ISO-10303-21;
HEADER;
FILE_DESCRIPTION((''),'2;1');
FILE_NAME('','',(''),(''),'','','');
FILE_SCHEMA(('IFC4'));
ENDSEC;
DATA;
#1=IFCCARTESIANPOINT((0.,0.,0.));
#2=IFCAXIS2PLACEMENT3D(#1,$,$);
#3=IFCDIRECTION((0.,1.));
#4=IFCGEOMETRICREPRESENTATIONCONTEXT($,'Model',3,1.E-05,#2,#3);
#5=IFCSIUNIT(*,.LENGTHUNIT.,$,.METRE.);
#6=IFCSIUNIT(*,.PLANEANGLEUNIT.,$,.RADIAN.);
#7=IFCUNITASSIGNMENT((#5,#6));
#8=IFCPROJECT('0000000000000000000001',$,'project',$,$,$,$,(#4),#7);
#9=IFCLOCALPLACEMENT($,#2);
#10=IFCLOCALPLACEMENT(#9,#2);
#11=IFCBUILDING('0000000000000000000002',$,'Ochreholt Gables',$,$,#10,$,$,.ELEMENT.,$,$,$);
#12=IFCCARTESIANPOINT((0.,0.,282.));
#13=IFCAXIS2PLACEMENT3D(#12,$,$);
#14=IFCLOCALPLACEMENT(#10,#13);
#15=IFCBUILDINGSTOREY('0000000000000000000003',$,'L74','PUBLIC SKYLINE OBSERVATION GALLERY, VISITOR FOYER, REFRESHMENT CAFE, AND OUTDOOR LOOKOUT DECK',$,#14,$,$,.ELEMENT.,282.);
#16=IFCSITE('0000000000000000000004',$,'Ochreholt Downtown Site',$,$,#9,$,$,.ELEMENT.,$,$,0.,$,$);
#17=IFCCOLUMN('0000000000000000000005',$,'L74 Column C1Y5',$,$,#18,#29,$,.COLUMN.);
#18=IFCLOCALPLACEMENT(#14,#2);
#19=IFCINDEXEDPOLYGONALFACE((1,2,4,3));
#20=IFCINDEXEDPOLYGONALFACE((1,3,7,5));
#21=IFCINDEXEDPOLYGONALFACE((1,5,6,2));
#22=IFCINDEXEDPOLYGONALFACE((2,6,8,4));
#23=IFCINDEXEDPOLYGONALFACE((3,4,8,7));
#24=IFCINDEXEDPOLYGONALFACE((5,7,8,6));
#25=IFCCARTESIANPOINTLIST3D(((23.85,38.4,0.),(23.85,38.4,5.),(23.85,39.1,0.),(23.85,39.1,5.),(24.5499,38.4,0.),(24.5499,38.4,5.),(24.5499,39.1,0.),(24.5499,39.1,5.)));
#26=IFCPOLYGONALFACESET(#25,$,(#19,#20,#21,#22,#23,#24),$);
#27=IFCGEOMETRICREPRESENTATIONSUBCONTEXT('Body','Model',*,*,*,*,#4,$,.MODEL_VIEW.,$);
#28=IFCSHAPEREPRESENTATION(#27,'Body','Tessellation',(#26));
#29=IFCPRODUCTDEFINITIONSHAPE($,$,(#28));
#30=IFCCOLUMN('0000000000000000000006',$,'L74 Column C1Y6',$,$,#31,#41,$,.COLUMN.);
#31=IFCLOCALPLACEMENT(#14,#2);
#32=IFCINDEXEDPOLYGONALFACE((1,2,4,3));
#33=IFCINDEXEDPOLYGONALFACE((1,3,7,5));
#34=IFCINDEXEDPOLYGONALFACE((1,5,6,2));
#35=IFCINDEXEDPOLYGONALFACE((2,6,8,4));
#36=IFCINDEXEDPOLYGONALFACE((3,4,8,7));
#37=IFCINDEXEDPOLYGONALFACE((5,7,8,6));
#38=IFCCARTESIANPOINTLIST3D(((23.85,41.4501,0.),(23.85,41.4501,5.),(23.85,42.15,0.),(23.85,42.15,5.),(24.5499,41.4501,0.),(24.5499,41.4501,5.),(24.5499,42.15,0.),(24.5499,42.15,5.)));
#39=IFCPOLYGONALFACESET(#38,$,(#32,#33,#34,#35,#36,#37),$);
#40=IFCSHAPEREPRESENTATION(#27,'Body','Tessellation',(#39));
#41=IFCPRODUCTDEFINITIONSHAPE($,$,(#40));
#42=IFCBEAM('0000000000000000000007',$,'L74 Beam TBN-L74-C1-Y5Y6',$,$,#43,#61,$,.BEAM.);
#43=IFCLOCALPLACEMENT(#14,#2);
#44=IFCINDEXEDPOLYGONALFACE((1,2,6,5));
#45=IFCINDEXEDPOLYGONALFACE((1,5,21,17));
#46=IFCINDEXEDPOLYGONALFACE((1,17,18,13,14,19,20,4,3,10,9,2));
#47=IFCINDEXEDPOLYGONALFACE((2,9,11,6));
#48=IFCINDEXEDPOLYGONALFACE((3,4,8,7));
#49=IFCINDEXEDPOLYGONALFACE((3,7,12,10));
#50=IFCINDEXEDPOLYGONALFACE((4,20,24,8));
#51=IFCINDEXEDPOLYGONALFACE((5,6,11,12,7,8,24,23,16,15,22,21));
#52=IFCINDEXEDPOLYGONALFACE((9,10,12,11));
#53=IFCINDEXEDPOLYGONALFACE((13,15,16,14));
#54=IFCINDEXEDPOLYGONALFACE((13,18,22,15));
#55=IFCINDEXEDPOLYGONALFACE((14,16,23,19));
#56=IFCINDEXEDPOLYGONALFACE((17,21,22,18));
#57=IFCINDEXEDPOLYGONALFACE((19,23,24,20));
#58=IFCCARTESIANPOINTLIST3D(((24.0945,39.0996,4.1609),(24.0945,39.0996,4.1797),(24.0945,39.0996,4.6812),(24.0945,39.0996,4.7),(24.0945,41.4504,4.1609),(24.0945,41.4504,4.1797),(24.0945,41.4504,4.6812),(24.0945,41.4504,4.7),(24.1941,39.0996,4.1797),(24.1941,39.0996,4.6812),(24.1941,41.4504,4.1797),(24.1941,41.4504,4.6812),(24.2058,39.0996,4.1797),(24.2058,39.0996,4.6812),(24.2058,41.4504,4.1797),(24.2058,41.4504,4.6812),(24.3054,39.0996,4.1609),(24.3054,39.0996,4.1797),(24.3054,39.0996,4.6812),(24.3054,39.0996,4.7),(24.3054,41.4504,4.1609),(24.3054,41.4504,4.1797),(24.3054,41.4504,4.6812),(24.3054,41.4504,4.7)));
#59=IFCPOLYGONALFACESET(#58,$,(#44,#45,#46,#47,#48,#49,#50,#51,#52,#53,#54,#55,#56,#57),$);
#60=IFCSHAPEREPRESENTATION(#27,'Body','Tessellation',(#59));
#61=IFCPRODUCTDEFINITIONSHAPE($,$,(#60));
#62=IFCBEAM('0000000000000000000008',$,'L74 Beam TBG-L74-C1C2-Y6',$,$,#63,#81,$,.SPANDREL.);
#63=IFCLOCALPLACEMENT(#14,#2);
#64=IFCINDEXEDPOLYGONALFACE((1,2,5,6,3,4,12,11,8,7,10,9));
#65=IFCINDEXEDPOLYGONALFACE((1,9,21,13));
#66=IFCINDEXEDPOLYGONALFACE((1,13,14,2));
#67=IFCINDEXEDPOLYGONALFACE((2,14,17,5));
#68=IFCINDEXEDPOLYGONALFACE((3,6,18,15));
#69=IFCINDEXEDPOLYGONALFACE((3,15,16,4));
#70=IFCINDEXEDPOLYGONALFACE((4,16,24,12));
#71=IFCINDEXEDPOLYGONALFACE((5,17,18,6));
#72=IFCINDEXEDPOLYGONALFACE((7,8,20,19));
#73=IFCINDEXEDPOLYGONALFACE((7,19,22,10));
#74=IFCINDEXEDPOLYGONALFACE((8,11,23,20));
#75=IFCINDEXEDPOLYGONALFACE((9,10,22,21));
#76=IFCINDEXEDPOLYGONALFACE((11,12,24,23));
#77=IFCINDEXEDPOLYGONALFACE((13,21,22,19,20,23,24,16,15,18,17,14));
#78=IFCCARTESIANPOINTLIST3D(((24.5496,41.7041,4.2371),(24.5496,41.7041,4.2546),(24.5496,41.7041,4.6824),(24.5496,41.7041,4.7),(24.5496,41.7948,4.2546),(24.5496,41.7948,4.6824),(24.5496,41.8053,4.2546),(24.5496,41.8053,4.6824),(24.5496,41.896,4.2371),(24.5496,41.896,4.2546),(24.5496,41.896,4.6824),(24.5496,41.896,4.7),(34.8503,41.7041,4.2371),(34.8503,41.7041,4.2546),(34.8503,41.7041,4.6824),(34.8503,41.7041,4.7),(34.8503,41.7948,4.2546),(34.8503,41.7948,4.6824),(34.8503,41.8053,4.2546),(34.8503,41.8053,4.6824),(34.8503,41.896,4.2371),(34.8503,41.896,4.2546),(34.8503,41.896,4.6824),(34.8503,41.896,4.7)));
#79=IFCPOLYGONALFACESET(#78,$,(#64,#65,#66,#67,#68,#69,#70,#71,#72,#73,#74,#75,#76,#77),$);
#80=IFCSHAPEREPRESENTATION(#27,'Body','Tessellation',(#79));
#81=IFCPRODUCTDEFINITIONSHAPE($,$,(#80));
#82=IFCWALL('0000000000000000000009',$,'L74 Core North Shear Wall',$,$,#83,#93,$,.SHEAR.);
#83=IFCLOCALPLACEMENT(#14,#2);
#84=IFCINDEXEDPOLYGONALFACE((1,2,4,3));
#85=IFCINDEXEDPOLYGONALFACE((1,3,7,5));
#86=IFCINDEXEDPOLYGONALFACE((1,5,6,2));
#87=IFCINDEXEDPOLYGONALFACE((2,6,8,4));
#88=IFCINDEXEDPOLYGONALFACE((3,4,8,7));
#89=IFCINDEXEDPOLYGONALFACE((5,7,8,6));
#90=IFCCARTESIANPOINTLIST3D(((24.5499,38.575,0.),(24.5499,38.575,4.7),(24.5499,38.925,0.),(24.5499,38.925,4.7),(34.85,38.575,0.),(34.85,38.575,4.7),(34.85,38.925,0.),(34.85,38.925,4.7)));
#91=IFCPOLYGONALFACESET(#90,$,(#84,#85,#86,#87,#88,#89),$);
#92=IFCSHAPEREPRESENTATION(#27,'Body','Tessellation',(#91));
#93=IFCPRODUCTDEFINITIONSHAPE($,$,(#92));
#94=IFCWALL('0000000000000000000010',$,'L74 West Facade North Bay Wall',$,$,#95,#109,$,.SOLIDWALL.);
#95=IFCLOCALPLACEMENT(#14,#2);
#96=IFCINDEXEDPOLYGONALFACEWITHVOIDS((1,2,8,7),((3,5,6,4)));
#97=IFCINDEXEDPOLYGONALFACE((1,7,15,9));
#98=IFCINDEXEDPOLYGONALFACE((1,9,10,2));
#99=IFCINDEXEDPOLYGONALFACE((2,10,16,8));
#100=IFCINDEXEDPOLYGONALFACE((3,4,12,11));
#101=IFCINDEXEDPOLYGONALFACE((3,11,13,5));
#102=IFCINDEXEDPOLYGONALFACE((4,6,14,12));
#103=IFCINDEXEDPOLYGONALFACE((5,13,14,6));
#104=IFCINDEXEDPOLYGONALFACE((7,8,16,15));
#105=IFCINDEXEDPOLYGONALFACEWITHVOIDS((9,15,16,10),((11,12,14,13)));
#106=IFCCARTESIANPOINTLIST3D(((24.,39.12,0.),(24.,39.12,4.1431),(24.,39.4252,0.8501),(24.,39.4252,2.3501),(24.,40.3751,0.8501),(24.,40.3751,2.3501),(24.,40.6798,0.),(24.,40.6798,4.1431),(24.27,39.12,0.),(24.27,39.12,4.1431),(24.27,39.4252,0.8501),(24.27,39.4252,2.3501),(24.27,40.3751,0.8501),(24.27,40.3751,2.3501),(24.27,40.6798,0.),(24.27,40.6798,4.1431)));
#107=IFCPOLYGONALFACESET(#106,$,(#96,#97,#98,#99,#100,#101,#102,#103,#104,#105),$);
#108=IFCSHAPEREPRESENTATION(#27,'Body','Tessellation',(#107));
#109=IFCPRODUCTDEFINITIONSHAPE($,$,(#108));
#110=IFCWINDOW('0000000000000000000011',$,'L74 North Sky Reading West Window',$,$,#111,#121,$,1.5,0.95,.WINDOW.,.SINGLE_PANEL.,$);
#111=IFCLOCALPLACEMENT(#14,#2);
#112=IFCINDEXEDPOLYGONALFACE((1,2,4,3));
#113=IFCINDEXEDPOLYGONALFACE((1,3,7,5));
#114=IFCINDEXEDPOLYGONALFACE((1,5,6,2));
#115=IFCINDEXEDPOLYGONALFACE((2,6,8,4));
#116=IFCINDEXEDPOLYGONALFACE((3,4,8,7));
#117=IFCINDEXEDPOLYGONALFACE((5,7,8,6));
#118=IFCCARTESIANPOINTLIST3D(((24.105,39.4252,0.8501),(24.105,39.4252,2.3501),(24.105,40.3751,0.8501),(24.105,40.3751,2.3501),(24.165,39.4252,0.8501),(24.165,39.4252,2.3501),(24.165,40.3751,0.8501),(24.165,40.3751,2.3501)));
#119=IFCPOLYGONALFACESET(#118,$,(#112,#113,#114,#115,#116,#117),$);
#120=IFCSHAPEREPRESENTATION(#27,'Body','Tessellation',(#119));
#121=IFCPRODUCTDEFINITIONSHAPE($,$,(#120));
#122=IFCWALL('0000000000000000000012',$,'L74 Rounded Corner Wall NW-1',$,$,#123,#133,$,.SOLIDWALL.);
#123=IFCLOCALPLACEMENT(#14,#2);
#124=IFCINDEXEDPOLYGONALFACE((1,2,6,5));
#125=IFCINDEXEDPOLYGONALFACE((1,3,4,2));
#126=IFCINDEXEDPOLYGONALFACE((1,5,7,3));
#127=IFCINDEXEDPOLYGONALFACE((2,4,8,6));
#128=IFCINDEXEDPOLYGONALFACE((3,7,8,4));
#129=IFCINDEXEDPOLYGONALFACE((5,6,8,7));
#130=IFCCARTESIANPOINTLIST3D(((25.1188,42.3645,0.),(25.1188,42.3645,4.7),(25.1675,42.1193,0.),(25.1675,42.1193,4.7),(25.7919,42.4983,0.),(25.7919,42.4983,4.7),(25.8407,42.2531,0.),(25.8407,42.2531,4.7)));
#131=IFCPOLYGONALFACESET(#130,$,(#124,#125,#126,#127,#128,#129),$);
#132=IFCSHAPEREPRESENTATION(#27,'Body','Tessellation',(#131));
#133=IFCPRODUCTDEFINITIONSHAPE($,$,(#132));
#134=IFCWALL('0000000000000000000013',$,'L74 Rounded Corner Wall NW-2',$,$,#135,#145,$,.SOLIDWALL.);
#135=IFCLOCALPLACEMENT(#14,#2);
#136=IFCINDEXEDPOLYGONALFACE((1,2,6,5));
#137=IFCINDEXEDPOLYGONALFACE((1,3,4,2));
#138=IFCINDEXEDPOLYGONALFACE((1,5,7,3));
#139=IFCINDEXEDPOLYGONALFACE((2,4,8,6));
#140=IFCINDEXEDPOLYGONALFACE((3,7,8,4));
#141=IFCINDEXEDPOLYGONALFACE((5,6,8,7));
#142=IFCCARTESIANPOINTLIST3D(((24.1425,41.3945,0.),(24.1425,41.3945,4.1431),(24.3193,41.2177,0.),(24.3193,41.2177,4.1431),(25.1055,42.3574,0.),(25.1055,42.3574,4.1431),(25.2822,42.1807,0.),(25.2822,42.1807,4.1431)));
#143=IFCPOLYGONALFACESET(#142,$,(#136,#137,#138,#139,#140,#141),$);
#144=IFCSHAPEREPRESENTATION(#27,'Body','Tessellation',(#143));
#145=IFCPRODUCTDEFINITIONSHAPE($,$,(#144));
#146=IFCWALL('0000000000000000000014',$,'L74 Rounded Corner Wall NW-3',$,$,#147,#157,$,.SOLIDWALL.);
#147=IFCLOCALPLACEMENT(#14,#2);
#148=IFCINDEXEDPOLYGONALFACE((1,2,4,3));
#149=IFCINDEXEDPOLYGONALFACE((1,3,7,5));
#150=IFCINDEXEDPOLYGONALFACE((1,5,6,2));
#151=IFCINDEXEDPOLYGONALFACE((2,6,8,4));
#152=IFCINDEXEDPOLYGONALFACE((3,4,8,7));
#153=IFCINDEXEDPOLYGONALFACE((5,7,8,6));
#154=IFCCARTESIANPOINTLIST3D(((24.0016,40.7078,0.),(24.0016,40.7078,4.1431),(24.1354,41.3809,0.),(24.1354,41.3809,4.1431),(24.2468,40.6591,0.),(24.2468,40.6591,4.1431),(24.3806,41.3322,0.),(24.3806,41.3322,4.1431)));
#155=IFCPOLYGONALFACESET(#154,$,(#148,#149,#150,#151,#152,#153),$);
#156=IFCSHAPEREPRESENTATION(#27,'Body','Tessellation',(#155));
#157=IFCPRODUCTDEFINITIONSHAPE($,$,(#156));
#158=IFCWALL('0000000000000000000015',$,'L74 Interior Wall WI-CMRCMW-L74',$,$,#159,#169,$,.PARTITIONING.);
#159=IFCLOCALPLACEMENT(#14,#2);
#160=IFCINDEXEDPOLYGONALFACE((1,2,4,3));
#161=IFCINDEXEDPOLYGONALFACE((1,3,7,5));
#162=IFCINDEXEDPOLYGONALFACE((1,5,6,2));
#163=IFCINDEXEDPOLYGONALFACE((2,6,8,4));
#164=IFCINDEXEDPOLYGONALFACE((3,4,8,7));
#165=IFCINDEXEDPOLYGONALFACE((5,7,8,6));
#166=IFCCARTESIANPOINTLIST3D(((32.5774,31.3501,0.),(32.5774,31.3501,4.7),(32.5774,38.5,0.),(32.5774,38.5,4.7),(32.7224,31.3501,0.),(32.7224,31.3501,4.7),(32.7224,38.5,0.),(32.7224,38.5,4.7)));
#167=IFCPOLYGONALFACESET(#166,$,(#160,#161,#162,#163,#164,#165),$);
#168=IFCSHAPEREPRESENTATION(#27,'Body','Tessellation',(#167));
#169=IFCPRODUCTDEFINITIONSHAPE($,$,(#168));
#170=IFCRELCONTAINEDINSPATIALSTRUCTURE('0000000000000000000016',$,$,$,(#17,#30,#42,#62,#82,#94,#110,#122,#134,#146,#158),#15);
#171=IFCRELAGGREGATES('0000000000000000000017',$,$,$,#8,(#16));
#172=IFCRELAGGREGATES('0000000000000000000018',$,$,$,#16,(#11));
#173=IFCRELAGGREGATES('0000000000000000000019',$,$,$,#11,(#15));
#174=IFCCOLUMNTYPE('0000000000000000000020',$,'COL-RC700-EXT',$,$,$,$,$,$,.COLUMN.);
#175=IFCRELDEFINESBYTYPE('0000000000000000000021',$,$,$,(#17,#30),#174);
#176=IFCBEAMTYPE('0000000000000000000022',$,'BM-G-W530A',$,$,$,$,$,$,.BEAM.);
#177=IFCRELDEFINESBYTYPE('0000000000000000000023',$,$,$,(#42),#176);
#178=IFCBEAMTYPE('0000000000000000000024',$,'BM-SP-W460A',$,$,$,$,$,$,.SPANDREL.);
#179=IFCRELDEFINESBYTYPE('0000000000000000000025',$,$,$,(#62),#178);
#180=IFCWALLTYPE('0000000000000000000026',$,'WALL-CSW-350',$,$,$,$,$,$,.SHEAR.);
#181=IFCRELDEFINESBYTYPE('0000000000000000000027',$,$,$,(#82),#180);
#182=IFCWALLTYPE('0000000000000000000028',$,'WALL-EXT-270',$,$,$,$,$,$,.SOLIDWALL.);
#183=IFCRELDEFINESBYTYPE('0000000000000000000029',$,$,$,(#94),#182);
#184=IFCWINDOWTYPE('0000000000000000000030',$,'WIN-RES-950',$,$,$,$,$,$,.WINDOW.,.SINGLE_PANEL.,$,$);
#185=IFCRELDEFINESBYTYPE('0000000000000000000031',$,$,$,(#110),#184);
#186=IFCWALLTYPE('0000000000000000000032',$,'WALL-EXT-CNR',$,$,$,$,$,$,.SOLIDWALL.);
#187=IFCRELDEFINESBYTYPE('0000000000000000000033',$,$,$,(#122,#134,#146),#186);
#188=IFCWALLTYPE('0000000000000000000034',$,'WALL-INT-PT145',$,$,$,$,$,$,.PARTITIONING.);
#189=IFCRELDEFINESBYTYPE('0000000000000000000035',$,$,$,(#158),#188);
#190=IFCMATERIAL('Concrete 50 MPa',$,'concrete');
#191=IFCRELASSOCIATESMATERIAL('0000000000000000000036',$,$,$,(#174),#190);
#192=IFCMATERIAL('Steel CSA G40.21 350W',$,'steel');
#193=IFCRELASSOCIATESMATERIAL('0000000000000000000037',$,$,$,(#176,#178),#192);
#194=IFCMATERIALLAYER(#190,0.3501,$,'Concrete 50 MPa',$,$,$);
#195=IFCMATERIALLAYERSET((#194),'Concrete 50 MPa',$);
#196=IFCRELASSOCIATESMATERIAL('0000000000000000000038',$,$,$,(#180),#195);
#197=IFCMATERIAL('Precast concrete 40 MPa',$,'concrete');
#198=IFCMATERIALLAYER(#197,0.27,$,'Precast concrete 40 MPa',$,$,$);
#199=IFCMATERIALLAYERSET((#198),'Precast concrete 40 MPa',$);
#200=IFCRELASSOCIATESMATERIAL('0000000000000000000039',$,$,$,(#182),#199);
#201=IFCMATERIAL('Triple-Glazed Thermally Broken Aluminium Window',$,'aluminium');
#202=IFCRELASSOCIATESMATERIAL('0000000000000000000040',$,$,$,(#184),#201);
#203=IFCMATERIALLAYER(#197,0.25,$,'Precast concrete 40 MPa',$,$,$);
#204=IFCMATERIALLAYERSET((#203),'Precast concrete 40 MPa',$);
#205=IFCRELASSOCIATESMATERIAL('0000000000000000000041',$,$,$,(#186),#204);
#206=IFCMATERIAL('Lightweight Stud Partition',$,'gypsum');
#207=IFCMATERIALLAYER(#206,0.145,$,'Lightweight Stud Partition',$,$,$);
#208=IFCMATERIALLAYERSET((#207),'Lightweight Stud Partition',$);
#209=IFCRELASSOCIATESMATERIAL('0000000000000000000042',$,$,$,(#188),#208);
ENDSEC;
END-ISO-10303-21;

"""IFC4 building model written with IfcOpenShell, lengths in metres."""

from ifc_helpers import new_model, si_unit, direction, frame, frame_2d, origin, origin_2d, place, context, subcontext, project, spatial, rectangle, i_section, extrude, material, layer, layer_set, material_profile, profile_set, type_object, element, fill, save


model = new_model("IFC4")

# Units and contexts
model_context = context("Model", 3, precision=1e-05, world=origin(), true_north=direction((0.0, 1.0)))
body_context = subcontext(model_context, "Body", "Model", "MODEL_VIEW")
ifc_project = project(units=[si_unit("LENGTHUNIT", "METRE"), si_unit("PLANEANGLEUNIT", "RADIAN")], contexts=[model_context])

# Site, building, storey
site_placement = place(None, origin())
site = spatial("IfcSite", under=ifc_project, at=site_placement, Name="Ochreholt Downtown Site", CompositionType="ELEMENT", RefElevation=0.0)
building_placement = place(site_placement, origin())
building = spatial("IfcBuilding", under=site, at=building_placement, Name="Ochreholt Gables", CompositionType="ELEMENT")
storey_placement = place(building_placement, frame((0.0, 0.0, 282.0)))
storey = spatial("IfcBuildingStorey", under=building, at=storey_placement, Name="L74", Description="PUBLIC SKYLINE OBSERVATION GALLERY, VISITOR FOYER, REFRESHMENT CAFE, AND OUTDOOR LOOKOUT DECK", CompositionType="ELEMENT", Elevation=282.0)

# Columns
ifc_material_1 = material(Name="Concrete 50 MPa", Category="concrete")
ifc_material_profile_1 = material_profile(ifc_material_1, rectangle(XDim=0.7, YDim=0.7, at=origin_2d()), Name="RC700X700")
ifc_profile_set_1 = profile_set([ifc_material_profile_1], Name="Concrete 50 MPa")
column_type = type_object("IfcColumnType", Name="COL-RC700-EXT", PredefinedType="COLUMN", material=ifc_profile_set_1)
for number, where, z_axis, x_axis, name in (
    (1, (24.2, 38.75, 0.0), (0.0, 0.0, 1.0), (1.0, 0.0, 0.0), "L74 Column C1Y5"),
    (2, (24.2, 41.8, 0.0), (0.0, 0.0, 1.0), (1.0, 0.0, 0.0), "L74 Column C1Y6"),
):
    element("IfcColumn", number, at=place(storey_placement, frame(where, z_axis=z_axis, x_axis=x_axis)), inside=storey, type_object=column_type, Name=name, PredefinedType="COLUMN", context=body_context, shape_type="SweptSolid", body=[
        extrude(rectangle(XDim=0.7, YDim=0.7, at=origin_2d()), origin(), (0.0, 0.0, 1.0), 5.0),
    ])

# Beams
ifc_material_2 = material(Name="Steel CSA G40.21 350W", Category="steel")
ifc_material_profile_2 = material_profile(ifc_material_2, i_section(OverallWidth=0.2109, OverallDepth=0.5391, WebThickness=0.0117, FlangeThickness=0.0188, at=origin_2d()), Name="W530X109")
ifc_profile_set_2 = profile_set([ifc_material_profile_2], Name="Steel CSA G40.21 350W")
beam_type_1 = type_object("IfcBeamType", Name="BM-G-W530A", PredefinedType="BEAM", material=ifc_profile_set_2)
beam_1_placement = place(storey_placement, frame((24.2, 39.0996, 4.4304), z_axis=(0.0, 1.0, 0.0), x_axis=(-1.0, 0.0, 0.0)))
element("IfcBeam", 3, at=beam_1_placement, inside=storey, type_object=beam_type_1, Name="L74 Beam TBN-L74-C1-Y5Y6", PredefinedType="BEAM", context=body_context, shape_type="SweptSolid", body=[
    extrude(i_section(OverallWidth=0.2109, OverallDepth=0.5391, WebThickness=0.0117, FlangeThickness=0.0188, at=origin_2d()), origin(), (0.0, 0.0, 1.0), 2.3508),
])
ifc_material_profile_3 = material_profile(ifc_material_2, i_section(OverallWidth=0.1919, OverallDepth=0.4629, WebThickness=0.0105, FlangeThickness=0.0176, at=origin_2d()), Name="W460X89")
ifc_profile_set_3 = profile_set([ifc_material_profile_3], Name="Steel CSA G40.21 350W")
beam_type_2 = type_object("IfcBeamType", Name="BM-SP-W460A", PredefinedType="SPANDREL", material=ifc_profile_set_3)
beam_2_placement = place(storey_placement, frame((24.5496, 41.8, 4.4685), z_axis=(1.0, 0.0, 0.0), x_axis=(0.0, 1.0, 0.0)))
element("IfcBeam", 4, at=beam_2_placement, inside=storey, type_object=beam_type_2, Name="L74 Beam TBG-L74-C1C2-Y6", PredefinedType="SPANDREL", context=body_context, shape_type="SweptSolid", body=[
    extrude(i_section(OverallWidth=0.1919, OverallDepth=0.4629, WebThickness=0.0105, FlangeThickness=0.0176, at=origin_2d()), origin(), (0.0, 0.0, 1.0), 10.3008),
])

# Wall
ifc_layer_1 = layer(ifc_material_1, 0.3501, Name="Concrete 50 MPa")
ifc_layer_set_1 = layer_set([ifc_layer_1], Name="Concrete 50 MPa")
wall_type_1 = type_object("IfcWallType", Name="WALL-CSW-350", PredefinedType="SHEAR", material=ifc_layer_set_1)
wall_1_placement = place(storey_placement, frame((24.55, 38.75, 0.0), z_axis=(0.0, 0.0, 1.0), x_axis=(1.0, 0.0, 0.0)))
element("IfcWall", 5, at=wall_1_placement, inside=storey, type_object=wall_type_1, Name="L74 Core North Shear Wall", PredefinedType="SHEAR", context=body_context, shape_type="SweptSolid", body=[
    extrude(rectangle(XDim=10.3, YDim=0.3501, at=frame_2d((5.1499, 0.0))), origin(), (0.0, 0.0, 1.0), 4.7),
])

# Wall, opening, window
ifc_material_3 = material(Name="Precast concrete 40 MPa", Category="concrete")
ifc_layer_2 = layer(ifc_material_3, 0.27, Name="Precast concrete 40 MPa")
ifc_layer_set_2 = layer_set([ifc_layer_2], Name="Precast concrete 40 MPa")
wall_type_2 = type_object("IfcWallType", Name="WALL-EXT-270", PredefinedType="SOLIDWALL", material=ifc_layer_set_2)
wall_2_placement = place(storey_placement, frame((24.135, 39.1201, 0.0), z_axis=(0.0, 0.0, 1.0), x_axis=(0.0, 1.0, 0.0)))
wall_2 = element("IfcWall", 6, at=wall_2_placement, inside=storey, type_object=wall_type_2, Name="L74 West Facade North Bay Wall", PredefinedType="SOLIDWALL", context=body_context, shape_type="SweptSolid", body=[
    extrude(rectangle(XDim=1.5598, YDim=0.27, at=frame_2d((0.7798, 0.0))), origin(), (0.0, 0.0, 1.0), 4.1431),
])
opening_1_placement = place(wall_2_placement, frame((0.3049, 0.0, 0.8501)))
opening_1 = element("IfcOpeningElement", 7, at=opening_1_placement, cuts=wall_2, PredefinedType="OPENING", context=body_context, shape_type="SweptSolid", body=[
    extrude(rectangle(XDim=0.95, YDim=1.5, at=frame_2d((0.4751, 0.75))), frame((0.0, 0.145, 0.0), z_axis=(0.0, -1.0, 0.0), x_axis=(1.0, 0.0, 0.0)), (0.0, 0.0, 1.0), 0.29),
])
ifc_material_4 = material(Name="Triple-Glazed Thermally Broken Aluminium Window", Category="aluminium")
window_type = type_object("IfcWindowType", Name="WIN-RES-950", PartitioningType="SINGLE_PANEL", PredefinedType="WINDOW", material=ifc_material_4)
window_placement = place(opening_1_placement, origin())
window = element("IfcWindow", 8, at=window_placement, inside=storey, type_object=window_type, Name="L74 North Sky Reading West Window", OverallHeight=1.5, OverallWidth=0.95, PartitioningType="SINGLE_PANEL", PredefinedType="WINDOW", context=body_context, shape_type="SweptSolid", body=[
    extrude(rectangle(XDim=0.95, YDim=1.5, at=frame_2d((0.4751, 0.75))), frame((0.0, 0.03, 0.0), z_axis=(0.0, -1.0, 0.0), x_axis=(1.0, 0.0, 0.0)), (0.0, 0.0, 1.0), 0.0601),
])
fill(opening_1, window)

# Walls
ifc_layer_3 = layer(ifc_material_3, 0.25, Name="Precast concrete 40 MPa")
ifc_layer_set_3 = layer_set([ifc_layer_3], Name="Precast concrete 40 MPa")
wall_type_3 = type_object("IfcWallType", Name="WALL-EXT-CNR", PredefinedType="SOLIDWALL", material=ifc_layer_set_3)
wall_3_placement = place(storey_placement, frame((25.8164, 42.3757, 0.0), z_axis=(0.0, 0.0, 1.0), x_axis=(-0.980813, -0.194953, 0.0)))
element("IfcWall", 9, at=wall_3_placement, inside=storey, type_object=wall_type_3, Name="L74 Rounded Corner Wall NW-1", PredefinedType="SOLIDWALL", context=body_context, shape_type="SweptSolid", body=[
    extrude(rectangle(XDim=0.6863, YDim=0.25, at=frame_2d((0.3433, 0.0))), origin(), (0.0, 0.0, 1.0), 4.7),
])
wall_4_placement = place(storey_placement, frame((25.1938, 42.269, 0.0), z_axis=(0.0, 0.0, 1.0), x_axis=(-0.707107, -0.707107, 0.0)))
element("IfcWall", 10, at=wall_4_placement, inside=storey, type_object=wall_type_3, Name="L74 Rounded Corner Wall NW-2", PredefinedType="SOLIDWALL", context=body_context, shape_type="SweptSolid", body=[
    extrude(rectangle(XDim=1.3618, YDim=0.25, at=frame_2d((0.6809, 0.0))), origin(), (0.0, 0.0, 1.0), 4.1431),
])
wall_5_placement = place(storey_placement, frame((24.2581, 41.3567, 0.0), z_axis=(0.0, 0.0, 1.0), x_axis=(-0.194953, -0.980813, 0.0)))
element("IfcWall", 11, at=wall_5_placement, inside=storey, type_object=wall_type_3, Name="L74 Rounded Corner Wall NW-3", PredefinedType="SOLIDWALL", context=body_context, shape_type="SweptSolid", body=[
    extrude(rectangle(XDim=0.6863, YDim=0.25, at=frame_2d((0.3433, 0.0))), origin(), (0.0, 0.0, 1.0), 4.1431),
])
ifc_material_5 = material(Name="Lightweight Stud Partition", Category="gypsum")
ifc_layer_4 = layer(ifc_material_5, 0.145, Name="Lightweight Stud Partition")
ifc_layer_set_4 = layer_set([ifc_layer_4], Name="Lightweight Stud Partition")
wall_type_4 = type_object("IfcWallType", Name="WALL-INT-PT145", PredefinedType="PARTITIONING", material=ifc_layer_set_4)
wall_6_placement = place(storey_placement, frame((32.6499, 31.3501, 0.0), z_axis=(0.0, 0.0, 1.0), x_axis=(0.0, 1.0, 0.0)))
element("IfcWall", 12, at=wall_6_placement, inside=storey, type_object=wall_type_4, Name="L74 Interior Wall WI-CMRCMW-L74", PredefinedType="PARTITIONING", context=body_context, shape_type="SweptSolid", body=[
    extrude(rectangle(XDim=7.1499, YDim=0.145, at=frame_2d((3.575, 0.0))), origin(), (0.0, 0.0, 1.0), 4.7),
])

save(model, "model.ifc")
